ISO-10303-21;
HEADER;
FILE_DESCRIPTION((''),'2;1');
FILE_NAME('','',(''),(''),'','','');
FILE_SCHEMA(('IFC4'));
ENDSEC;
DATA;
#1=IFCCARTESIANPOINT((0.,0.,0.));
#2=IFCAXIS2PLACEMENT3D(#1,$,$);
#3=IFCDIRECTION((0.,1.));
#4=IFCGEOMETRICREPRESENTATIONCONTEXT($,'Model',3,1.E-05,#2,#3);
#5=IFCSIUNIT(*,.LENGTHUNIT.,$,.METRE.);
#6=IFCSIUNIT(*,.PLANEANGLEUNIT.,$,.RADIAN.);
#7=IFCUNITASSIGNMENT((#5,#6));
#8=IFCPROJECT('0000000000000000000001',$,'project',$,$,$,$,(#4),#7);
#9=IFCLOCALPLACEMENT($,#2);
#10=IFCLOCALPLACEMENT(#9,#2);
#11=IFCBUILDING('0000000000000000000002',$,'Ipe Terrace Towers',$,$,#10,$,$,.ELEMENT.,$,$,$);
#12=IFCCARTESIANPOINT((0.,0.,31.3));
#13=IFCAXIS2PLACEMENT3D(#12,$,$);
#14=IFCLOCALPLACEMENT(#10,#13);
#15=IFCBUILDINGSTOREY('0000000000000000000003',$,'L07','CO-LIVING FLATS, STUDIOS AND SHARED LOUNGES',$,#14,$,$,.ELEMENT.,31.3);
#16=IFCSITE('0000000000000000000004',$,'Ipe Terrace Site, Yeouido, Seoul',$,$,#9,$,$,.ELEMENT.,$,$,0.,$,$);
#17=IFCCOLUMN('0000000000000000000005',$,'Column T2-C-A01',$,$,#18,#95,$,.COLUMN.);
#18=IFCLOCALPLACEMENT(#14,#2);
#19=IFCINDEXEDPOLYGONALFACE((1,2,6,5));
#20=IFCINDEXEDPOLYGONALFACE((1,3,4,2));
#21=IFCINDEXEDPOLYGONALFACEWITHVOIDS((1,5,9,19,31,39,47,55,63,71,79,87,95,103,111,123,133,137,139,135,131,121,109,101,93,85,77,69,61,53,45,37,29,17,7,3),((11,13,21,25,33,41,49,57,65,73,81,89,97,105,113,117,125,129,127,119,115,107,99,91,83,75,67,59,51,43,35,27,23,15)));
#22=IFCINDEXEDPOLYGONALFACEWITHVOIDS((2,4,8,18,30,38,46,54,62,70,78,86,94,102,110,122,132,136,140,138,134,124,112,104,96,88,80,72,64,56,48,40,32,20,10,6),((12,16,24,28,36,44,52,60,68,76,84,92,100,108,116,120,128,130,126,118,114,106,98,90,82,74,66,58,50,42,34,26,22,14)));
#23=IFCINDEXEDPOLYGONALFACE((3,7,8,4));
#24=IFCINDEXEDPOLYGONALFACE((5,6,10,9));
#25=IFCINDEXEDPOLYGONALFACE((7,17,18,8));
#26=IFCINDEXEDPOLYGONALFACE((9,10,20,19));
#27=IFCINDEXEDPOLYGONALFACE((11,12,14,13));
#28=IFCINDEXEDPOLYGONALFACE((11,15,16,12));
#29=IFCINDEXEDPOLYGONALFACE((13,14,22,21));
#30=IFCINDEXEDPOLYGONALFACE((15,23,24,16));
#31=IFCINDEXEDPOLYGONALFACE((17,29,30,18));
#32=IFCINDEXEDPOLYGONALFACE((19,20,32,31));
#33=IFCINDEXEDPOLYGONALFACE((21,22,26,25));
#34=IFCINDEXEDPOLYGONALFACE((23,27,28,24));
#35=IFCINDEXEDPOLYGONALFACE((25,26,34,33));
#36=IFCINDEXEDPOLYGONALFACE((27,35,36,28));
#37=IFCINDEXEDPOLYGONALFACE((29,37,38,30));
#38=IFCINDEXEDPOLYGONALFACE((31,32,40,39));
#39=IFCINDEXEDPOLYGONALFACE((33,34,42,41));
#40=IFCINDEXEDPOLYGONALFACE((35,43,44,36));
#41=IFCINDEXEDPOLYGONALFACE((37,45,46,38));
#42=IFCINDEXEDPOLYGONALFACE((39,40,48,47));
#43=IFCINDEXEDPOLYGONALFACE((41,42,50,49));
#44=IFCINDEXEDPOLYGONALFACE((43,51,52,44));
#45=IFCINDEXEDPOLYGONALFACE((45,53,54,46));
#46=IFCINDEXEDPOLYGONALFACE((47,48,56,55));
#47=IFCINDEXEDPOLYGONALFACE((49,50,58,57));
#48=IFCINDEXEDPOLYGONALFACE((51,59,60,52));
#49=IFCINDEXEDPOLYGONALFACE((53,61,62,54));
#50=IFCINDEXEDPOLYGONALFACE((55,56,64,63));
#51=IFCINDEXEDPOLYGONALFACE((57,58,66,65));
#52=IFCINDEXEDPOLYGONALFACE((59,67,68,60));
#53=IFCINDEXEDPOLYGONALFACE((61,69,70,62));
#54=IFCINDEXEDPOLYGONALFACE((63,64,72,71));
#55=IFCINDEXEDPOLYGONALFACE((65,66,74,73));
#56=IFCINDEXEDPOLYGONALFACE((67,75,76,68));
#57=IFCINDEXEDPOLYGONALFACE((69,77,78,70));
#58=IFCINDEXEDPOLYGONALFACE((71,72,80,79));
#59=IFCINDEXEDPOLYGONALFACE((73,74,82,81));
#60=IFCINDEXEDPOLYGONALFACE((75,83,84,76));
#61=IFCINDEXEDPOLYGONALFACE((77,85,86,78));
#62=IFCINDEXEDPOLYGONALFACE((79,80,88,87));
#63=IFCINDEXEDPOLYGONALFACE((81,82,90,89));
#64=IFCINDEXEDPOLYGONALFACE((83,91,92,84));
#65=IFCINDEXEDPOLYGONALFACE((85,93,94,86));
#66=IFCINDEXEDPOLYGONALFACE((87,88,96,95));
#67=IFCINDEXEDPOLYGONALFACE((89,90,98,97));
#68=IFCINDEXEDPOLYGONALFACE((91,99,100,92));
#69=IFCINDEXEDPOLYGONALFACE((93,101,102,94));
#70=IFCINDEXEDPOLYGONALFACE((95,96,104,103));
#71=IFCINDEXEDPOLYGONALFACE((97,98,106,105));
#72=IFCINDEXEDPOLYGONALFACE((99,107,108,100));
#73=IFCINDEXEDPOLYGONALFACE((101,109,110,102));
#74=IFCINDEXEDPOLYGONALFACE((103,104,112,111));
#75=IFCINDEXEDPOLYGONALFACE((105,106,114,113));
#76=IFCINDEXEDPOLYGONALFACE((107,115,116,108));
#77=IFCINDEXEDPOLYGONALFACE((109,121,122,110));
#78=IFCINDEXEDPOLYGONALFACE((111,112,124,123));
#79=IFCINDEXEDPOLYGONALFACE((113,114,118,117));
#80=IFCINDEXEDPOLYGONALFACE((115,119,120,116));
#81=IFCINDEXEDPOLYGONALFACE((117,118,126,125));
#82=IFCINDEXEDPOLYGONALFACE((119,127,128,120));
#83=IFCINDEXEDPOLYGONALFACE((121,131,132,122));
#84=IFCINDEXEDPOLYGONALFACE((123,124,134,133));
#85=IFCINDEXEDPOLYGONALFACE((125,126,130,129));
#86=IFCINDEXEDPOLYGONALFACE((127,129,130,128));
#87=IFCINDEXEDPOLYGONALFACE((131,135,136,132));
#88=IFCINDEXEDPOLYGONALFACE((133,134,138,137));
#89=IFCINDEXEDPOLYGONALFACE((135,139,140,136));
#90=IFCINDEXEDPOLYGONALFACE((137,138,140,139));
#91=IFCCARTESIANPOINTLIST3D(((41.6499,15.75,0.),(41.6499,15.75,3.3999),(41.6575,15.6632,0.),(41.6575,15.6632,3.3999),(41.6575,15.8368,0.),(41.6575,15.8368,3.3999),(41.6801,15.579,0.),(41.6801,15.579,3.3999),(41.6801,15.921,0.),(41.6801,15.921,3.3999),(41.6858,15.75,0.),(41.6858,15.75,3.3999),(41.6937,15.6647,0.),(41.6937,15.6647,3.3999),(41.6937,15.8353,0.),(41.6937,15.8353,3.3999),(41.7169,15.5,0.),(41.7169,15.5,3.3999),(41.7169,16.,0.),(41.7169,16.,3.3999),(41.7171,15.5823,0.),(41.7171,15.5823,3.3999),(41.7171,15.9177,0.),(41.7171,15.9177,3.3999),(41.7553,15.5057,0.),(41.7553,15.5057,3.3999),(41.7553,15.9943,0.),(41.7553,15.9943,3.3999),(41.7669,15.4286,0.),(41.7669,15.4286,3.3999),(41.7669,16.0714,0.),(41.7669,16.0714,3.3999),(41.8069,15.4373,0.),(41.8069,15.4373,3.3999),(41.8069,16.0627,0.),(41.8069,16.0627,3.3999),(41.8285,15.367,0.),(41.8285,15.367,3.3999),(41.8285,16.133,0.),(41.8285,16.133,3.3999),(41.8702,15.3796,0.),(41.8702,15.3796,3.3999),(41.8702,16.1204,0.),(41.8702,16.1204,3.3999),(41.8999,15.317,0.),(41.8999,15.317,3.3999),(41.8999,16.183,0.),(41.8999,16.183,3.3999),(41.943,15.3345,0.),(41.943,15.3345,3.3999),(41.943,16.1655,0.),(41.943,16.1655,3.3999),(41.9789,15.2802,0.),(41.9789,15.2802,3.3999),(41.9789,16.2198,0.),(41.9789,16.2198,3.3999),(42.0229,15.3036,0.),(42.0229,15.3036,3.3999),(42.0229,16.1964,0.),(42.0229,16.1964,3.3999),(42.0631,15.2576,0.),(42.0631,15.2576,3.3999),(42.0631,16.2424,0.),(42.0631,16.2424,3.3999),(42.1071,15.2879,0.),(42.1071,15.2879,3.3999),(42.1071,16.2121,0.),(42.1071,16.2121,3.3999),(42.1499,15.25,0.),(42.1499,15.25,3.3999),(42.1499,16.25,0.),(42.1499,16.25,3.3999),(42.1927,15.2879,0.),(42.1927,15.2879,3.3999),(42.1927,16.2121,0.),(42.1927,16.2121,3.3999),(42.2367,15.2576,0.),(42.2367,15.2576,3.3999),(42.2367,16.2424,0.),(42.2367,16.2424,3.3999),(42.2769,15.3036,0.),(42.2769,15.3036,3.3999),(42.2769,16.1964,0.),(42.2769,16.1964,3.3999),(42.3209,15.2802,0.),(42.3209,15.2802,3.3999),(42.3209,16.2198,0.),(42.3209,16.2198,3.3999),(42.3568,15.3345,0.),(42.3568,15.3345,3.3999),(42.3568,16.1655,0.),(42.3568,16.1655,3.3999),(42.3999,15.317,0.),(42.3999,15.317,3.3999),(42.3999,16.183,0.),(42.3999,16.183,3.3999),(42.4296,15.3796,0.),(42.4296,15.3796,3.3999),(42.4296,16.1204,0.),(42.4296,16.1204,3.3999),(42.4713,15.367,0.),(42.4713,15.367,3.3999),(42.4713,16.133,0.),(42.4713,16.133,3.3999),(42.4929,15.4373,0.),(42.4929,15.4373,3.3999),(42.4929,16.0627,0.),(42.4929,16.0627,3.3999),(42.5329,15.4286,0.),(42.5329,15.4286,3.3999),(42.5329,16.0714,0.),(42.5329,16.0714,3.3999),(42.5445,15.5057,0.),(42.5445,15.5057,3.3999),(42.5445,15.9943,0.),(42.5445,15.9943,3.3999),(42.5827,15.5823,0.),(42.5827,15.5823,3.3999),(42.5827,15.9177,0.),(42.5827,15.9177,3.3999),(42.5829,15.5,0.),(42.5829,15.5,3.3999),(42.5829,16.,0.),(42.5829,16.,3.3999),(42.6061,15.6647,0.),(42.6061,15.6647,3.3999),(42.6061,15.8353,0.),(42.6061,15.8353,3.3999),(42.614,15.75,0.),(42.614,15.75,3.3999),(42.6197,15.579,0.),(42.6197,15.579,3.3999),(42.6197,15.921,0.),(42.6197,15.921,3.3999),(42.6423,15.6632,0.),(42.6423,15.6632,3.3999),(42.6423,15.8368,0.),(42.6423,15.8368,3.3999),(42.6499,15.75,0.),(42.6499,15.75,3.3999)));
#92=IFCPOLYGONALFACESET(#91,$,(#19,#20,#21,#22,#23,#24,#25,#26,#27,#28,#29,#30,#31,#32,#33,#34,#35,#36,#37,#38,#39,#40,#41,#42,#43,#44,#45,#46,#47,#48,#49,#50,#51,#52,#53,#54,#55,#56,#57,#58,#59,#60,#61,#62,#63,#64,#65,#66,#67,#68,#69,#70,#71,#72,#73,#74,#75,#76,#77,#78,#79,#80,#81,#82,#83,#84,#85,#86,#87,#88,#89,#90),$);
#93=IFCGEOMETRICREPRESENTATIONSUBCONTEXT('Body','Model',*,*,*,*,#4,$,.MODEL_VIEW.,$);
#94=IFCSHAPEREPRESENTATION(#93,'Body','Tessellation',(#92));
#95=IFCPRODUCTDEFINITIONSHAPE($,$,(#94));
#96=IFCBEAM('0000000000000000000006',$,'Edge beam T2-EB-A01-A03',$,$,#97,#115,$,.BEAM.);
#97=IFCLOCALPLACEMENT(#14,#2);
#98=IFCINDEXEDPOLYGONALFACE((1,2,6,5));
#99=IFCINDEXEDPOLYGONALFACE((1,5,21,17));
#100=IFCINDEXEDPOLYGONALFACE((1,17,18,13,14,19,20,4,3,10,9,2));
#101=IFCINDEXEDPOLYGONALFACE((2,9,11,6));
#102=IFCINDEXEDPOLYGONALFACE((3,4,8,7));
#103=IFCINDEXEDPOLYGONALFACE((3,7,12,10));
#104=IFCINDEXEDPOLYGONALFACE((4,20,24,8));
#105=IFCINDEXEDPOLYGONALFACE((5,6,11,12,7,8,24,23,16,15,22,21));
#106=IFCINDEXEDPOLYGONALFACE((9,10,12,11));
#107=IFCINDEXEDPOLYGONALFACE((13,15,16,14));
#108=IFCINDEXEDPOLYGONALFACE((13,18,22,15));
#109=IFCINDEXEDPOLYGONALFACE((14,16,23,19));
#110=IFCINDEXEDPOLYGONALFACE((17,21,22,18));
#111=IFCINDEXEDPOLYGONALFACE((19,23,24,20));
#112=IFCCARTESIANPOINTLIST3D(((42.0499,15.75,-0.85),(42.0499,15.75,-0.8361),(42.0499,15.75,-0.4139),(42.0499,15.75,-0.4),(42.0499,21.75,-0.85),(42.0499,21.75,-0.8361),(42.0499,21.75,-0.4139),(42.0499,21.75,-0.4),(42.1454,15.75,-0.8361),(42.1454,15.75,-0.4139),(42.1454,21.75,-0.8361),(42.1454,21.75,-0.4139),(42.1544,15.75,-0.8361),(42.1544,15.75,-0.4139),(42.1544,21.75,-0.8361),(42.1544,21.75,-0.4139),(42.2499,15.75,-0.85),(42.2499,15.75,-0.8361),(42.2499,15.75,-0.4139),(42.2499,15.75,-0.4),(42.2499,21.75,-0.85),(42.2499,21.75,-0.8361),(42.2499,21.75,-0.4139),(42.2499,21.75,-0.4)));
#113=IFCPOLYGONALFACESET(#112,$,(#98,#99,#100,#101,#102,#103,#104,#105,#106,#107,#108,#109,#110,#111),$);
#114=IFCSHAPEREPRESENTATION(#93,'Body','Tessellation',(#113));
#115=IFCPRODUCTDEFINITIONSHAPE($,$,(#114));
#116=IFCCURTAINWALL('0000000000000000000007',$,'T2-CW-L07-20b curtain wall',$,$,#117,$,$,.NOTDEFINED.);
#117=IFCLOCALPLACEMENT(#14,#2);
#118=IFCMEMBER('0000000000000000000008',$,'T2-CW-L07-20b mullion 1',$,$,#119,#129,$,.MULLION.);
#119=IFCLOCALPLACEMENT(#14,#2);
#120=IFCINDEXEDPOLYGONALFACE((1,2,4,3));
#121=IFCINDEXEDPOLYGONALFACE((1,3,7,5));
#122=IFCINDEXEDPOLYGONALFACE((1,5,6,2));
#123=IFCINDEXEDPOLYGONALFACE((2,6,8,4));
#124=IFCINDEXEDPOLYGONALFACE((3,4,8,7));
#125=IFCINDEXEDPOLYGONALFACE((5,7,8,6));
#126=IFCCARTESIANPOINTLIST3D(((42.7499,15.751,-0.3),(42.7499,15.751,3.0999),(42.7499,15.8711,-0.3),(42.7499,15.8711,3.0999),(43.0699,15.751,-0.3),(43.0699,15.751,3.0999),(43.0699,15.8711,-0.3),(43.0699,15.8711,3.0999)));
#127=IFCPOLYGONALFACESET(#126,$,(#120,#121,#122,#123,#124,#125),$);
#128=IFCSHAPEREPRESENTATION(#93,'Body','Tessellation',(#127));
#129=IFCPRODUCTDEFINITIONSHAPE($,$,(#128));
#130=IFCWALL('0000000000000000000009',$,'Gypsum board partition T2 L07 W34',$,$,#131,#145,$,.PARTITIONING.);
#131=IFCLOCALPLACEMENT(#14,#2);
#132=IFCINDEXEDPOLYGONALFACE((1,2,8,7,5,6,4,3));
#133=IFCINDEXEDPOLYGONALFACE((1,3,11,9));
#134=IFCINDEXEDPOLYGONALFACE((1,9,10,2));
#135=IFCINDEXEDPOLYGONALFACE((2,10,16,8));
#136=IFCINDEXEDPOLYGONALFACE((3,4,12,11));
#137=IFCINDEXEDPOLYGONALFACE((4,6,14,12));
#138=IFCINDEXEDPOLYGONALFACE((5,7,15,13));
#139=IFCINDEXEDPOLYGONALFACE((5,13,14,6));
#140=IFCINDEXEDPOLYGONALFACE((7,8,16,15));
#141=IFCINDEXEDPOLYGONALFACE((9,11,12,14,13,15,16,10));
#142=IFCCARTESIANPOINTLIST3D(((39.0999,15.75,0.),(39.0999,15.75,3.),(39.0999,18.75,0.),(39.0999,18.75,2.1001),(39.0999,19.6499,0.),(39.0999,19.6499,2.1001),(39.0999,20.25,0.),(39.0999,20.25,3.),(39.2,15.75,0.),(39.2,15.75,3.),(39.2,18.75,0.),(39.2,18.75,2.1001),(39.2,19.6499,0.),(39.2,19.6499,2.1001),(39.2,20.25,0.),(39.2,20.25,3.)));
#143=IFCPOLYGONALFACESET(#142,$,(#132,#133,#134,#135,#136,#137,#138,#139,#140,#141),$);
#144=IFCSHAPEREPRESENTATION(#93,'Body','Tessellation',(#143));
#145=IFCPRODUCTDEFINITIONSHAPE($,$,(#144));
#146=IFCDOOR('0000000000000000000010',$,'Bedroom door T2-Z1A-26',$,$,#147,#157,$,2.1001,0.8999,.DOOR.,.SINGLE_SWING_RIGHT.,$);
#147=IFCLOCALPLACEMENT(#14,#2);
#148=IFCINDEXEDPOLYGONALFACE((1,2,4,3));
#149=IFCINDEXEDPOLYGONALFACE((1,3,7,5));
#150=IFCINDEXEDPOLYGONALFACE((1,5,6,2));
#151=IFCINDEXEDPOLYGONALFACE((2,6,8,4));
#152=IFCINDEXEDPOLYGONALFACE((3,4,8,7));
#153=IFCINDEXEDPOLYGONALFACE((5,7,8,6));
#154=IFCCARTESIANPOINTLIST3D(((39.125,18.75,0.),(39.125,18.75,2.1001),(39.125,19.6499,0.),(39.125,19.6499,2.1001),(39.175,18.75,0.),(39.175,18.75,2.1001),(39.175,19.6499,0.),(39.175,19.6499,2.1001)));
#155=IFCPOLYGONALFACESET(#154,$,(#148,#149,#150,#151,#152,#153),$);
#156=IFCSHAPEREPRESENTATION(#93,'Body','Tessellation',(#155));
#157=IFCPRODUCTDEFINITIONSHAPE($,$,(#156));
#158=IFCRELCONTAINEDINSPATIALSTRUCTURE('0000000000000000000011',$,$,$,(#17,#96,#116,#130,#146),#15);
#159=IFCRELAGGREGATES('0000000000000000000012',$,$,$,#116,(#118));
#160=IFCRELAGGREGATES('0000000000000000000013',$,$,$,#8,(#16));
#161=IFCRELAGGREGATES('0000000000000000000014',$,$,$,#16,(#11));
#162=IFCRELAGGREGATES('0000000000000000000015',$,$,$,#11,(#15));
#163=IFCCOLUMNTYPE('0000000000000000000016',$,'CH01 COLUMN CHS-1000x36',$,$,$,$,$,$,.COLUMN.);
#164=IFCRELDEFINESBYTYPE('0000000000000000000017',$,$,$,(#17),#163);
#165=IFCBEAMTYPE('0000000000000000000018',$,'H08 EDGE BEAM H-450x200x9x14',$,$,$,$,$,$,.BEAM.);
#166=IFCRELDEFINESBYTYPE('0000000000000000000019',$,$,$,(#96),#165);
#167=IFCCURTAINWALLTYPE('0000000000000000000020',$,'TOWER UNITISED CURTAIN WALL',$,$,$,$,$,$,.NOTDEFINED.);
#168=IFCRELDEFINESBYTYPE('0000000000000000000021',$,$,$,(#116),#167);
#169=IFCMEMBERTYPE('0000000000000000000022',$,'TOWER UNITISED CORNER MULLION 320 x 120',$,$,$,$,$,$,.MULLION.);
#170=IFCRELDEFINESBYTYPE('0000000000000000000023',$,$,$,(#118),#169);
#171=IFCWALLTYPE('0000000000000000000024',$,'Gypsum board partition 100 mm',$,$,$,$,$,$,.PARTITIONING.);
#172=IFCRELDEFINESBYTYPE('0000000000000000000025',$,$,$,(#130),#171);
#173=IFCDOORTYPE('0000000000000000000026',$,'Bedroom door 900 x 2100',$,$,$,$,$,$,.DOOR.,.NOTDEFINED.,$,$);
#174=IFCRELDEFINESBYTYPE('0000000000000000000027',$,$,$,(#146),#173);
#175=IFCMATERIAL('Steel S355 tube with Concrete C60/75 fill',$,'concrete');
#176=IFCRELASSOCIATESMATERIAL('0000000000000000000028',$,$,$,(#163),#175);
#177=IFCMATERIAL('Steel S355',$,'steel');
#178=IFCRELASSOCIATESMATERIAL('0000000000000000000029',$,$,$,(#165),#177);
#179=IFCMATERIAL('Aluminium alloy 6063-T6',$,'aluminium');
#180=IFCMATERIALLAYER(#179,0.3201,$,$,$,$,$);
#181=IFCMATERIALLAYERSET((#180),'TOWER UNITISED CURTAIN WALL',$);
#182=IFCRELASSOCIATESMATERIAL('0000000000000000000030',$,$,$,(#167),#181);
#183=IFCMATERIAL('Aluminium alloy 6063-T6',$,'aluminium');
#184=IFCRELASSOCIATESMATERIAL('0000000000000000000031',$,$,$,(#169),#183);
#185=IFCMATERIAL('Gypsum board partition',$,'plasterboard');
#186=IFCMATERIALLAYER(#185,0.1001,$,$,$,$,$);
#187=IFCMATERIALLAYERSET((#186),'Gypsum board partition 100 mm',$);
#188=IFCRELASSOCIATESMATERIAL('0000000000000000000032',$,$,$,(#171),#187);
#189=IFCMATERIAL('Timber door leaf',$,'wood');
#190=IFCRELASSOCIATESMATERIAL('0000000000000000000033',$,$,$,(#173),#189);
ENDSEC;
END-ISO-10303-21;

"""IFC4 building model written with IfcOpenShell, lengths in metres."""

from ifc_helpers import new_model, si_unit, direction, frame, frame_2d, origin, origin_2d, place, context, subcontext, project, spatial, rectangle, hollow_circle, i_section, extrude, material, layer, layer_set, material_profile, profile_set, type_object, element, fill, aggregate, save


model = new_model("IFC4")

# Units and contexts
model_context = context("Model", 3, precision=1e-05, world=origin(), true_north=direction((0.0, 1.0)))
body_context = subcontext(model_context, "Body", "Model", "MODEL_VIEW")
ifc_project = project(units=[si_unit("LENGTHUNIT", "METRE"), si_unit("PLANEANGLEUNIT", "RADIAN")], contexts=[model_context])

# Site, building, storey
site_placement = place(None, origin())
site = spatial("IfcSite", under=ifc_project, at=site_placement, Name="Ipe Terrace Site, Yeouido, Seoul", CompositionType="ELEMENT", RefElevation=0.0)
building_placement = place(site_placement, origin())
building = spatial("IfcBuilding", under=site, at=building_placement, Name="Ipe Terrace Towers", CompositionType="ELEMENT")
storey_placement = place(building_placement, frame((0.0, 0.0, 31.3)))
storey = spatial("IfcBuildingStorey", under=building, at=storey_placement, Name="L07", Description="CO-LIVING FLATS, STUDIOS AND SHARED LOUNGES", CompositionType="ELEMENT", Elevation=31.3)

# Column
ifc_material_1 = material(Name="Steel S355 tube with Concrete C60/75 fill", Category="concrete")
ifc_material_profile_1 = material_profile(ifc_material_1, hollow_circle(Radius=0.5, WallThickness=0.0359, at=origin_2d()), Name="CHS-1000x36")
ifc_profile_set_1 = profile_set([ifc_material_profile_1], Name="Steel S355 tube with Concrete C60/75 fill")
column_type = type_object("IfcColumnType", Name="CH01 COLUMN CHS-1000x36", PredefinedType="COLUMN", material=ifc_profile_set_1)
column_placement = place(storey_placement, frame((42.1499, 15.75, 0.0), z_axis=(0.0, 0.0, 1.0), x_axis=(1.0, 0.0, 0.0)))
element("IfcColumn", 1, at=column_placement, inside=storey, type_object=column_type, Name="Column T2-C-A01", PredefinedType="COLUMN", context=body_context, shape_type="SweptSolid", body=[
    extrude(hollow_circle(Radius=0.5, WallThickness=0.0359, at=origin_2d()), origin(), (0.0, 0.0, 1.0), 3.3999),
])

# Beam
ifc_material_2 = material(Name="Steel S355", Category="steel")
ifc_material_profile_2 = material_profile(ifc_material_2, i_section(OverallWidth=0.2, OverallDepth=0.45, WebThickness=0.009, FlangeThickness=0.0139, at=origin_2d()), Name="H-450x200x9x14")
ifc_profile_set_2 = profile_set([ifc_material_profile_2], Name="Steel S355")
beam_type = type_object("IfcBeamType", Name="H08 EDGE BEAM H-450x200x9x14", PredefinedType="BEAM", material=ifc_profile_set_2)
beam_placement = place(storey_placement, frame((42.1499, 15.75, -0.625), z_axis=(0.0, 1.0, 0.0), x_axis=(-1.0, 0.0, 0.0)))
element("IfcBeam", 2, at=beam_placement, inside=storey, type_object=beam_type, Name="Edge beam T2-EB-A01-A03", PredefinedType="BEAM", context=body_context, shape_type="SweptSolid", body=[
    extrude(i_section(OverallWidth=0.2, OverallDepth=0.45, WebThickness=0.009, FlangeThickness=0.0139, at=origin_2d()), origin(), (0.0, 0.0, 1.0), 6.0),
])

# Curtain wall, member
ifc_material_3 = material(Name="Aluminium alloy 6063-T6", Category="aluminium")
ifc_layer_1 = layer(ifc_material_3, 0.3201)
ifc_layer_set_1 = layer_set([ifc_layer_1], Name="TOWER UNITISED CURTAIN WALL")
curtain_wall_type = type_object("IfcCurtainWallType", Name="TOWER UNITISED CURTAIN WALL", PredefinedType="NOTDEFINED", material=ifc_layer_set_1)
curtain_wall_placement = place(storey_placement, origin())
curtain_wall = element("IfcCurtainWall", 3, at=curtain_wall_placement, inside=storey, type_object=curtain_wall_type, Name="T2-CW-L07-20b curtain wall", PredefinedType="NOTDEFINED")
ifc_material_4 = material(Name="Aluminium alloy 6063-T6", Category="aluminium")
ifc_material_profile_3 = material_profile(ifc_material_4, rectangle(XDim=0.3201, YDim=0.1201, at=origin_2d()), Name="TOWER UNITISED CORNER MULLION 320 x 120")
ifc_profile_set_3 = profile_set([ifc_material_profile_3], Name="Aluminium alloy 6063-T6")
member_type = type_object("IfcMemberType", Name="TOWER UNITISED CORNER MULLION 320 x 120", PredefinedType="MULLION", material=ifc_profile_set_3)
member_placement = place(storey_placement, frame((42.9099, 15.811, -0.3), z_axis=(0.0, 0.0, 1.0), x_axis=(1.0, 0.0, 0.0)))
member = element("IfcMember", 4, at=member_placement, type_object=member_type, Name="T2-CW-L07-20b mullion 1", PredefinedType="MULLION", context=body_context, shape_type="SweptSolid", body=[
    extrude(rectangle(XDim=0.3201, YDim=0.1201, at=origin_2d()), origin(), (0.0, 0.0, 1.0), 3.3999),
])
aggregate(curtain_wall, [member])

# Wall, opening, door
ifc_material_5 = material(Name="Gypsum board partition", Category="plasterboard")
ifc_layer_2 = layer(ifc_material_5, 0.1001)
ifc_layer_set_2 = layer_set([ifc_layer_2], Name="Gypsum board partition 100 mm")
wall_type_1 = type_object("IfcWallType", Name="Gypsum board partition 100 mm", PredefinedType="PARTITIONING", material=ifc_layer_set_2)
wall_1_placement = place(storey_placement, frame((39.1499, 15.75, 0.0), z_axis=(0.0, 0.0, 1.0), x_axis=(0.0, 1.0, 0.0)))
wall_1 = element("IfcWall", 5, at=wall_1_placement, inside=storey, type_object=wall_type_1, Name="Gypsum board partition T2 L07 W34", PredefinedType="PARTITIONING", context=body_context, shape_type="SweptSolid", body=[
    extrude(rectangle(XDim=4.5, YDim=0.1001, at=frame_2d((2.25, 0.0))), origin(), (0.0, 0.0, 1.0), 3.0),
])
opening_1_placement = place(wall_1_placement, frame((3.0, 0.0, 0.0)))
opening_1 = element("IfcOpeningElement", 6, at=opening_1_placement, cuts=wall_1, PredefinedType="OPENING", context=body_context, shape_type="SweptSolid", body=[
    extrude(rectangle(XDim=0.8999, YDim=2.1001, at=frame_2d((0.45, 1.05))), frame((0.0, 0.0601, 0.0), z_axis=(0.0, -1.0, 0.0), x_axis=(1.0, 0.0, 0.0)), (0.0, 0.0, 1.0), 0.1201),
])
ifc_material_6 = material(Name="Timber door leaf", Category="wood")
door_type_1 = type_object("IfcDoorType", Name="Bedroom door 900 x 2100", OperationType="NOTDEFINED", PredefinedType="DOOR", material=ifc_material_6)
door_1_placement = place(opening_1_placement, origin())
door_1 = element("IfcDoor", 7, at=door_1_placement, inside=storey, type_object=door_type_1, Name="Bedroom door T2-Z1A-26", OperationType="SINGLE_SWING_RIGHT", OverallHeight=2.1001, OverallWidth=0.8999, PredefinedType="DOOR", context=body_context, shape_type="SweptSolid", body=[
    extrude(rectangle(XDim=0.8999, YDim=2.1001, at=frame_2d((0.45, 1.05))), frame((0.0, 0.0249, 0.0), z_axis=(0.0, -1.0, 0.0), x_axis=(1.0, 0.0, 0.0)), (0.0, 0.0, 1.0), 0.05),
])
fill(opening_1, door_1)

save(model, "model.ifc")
